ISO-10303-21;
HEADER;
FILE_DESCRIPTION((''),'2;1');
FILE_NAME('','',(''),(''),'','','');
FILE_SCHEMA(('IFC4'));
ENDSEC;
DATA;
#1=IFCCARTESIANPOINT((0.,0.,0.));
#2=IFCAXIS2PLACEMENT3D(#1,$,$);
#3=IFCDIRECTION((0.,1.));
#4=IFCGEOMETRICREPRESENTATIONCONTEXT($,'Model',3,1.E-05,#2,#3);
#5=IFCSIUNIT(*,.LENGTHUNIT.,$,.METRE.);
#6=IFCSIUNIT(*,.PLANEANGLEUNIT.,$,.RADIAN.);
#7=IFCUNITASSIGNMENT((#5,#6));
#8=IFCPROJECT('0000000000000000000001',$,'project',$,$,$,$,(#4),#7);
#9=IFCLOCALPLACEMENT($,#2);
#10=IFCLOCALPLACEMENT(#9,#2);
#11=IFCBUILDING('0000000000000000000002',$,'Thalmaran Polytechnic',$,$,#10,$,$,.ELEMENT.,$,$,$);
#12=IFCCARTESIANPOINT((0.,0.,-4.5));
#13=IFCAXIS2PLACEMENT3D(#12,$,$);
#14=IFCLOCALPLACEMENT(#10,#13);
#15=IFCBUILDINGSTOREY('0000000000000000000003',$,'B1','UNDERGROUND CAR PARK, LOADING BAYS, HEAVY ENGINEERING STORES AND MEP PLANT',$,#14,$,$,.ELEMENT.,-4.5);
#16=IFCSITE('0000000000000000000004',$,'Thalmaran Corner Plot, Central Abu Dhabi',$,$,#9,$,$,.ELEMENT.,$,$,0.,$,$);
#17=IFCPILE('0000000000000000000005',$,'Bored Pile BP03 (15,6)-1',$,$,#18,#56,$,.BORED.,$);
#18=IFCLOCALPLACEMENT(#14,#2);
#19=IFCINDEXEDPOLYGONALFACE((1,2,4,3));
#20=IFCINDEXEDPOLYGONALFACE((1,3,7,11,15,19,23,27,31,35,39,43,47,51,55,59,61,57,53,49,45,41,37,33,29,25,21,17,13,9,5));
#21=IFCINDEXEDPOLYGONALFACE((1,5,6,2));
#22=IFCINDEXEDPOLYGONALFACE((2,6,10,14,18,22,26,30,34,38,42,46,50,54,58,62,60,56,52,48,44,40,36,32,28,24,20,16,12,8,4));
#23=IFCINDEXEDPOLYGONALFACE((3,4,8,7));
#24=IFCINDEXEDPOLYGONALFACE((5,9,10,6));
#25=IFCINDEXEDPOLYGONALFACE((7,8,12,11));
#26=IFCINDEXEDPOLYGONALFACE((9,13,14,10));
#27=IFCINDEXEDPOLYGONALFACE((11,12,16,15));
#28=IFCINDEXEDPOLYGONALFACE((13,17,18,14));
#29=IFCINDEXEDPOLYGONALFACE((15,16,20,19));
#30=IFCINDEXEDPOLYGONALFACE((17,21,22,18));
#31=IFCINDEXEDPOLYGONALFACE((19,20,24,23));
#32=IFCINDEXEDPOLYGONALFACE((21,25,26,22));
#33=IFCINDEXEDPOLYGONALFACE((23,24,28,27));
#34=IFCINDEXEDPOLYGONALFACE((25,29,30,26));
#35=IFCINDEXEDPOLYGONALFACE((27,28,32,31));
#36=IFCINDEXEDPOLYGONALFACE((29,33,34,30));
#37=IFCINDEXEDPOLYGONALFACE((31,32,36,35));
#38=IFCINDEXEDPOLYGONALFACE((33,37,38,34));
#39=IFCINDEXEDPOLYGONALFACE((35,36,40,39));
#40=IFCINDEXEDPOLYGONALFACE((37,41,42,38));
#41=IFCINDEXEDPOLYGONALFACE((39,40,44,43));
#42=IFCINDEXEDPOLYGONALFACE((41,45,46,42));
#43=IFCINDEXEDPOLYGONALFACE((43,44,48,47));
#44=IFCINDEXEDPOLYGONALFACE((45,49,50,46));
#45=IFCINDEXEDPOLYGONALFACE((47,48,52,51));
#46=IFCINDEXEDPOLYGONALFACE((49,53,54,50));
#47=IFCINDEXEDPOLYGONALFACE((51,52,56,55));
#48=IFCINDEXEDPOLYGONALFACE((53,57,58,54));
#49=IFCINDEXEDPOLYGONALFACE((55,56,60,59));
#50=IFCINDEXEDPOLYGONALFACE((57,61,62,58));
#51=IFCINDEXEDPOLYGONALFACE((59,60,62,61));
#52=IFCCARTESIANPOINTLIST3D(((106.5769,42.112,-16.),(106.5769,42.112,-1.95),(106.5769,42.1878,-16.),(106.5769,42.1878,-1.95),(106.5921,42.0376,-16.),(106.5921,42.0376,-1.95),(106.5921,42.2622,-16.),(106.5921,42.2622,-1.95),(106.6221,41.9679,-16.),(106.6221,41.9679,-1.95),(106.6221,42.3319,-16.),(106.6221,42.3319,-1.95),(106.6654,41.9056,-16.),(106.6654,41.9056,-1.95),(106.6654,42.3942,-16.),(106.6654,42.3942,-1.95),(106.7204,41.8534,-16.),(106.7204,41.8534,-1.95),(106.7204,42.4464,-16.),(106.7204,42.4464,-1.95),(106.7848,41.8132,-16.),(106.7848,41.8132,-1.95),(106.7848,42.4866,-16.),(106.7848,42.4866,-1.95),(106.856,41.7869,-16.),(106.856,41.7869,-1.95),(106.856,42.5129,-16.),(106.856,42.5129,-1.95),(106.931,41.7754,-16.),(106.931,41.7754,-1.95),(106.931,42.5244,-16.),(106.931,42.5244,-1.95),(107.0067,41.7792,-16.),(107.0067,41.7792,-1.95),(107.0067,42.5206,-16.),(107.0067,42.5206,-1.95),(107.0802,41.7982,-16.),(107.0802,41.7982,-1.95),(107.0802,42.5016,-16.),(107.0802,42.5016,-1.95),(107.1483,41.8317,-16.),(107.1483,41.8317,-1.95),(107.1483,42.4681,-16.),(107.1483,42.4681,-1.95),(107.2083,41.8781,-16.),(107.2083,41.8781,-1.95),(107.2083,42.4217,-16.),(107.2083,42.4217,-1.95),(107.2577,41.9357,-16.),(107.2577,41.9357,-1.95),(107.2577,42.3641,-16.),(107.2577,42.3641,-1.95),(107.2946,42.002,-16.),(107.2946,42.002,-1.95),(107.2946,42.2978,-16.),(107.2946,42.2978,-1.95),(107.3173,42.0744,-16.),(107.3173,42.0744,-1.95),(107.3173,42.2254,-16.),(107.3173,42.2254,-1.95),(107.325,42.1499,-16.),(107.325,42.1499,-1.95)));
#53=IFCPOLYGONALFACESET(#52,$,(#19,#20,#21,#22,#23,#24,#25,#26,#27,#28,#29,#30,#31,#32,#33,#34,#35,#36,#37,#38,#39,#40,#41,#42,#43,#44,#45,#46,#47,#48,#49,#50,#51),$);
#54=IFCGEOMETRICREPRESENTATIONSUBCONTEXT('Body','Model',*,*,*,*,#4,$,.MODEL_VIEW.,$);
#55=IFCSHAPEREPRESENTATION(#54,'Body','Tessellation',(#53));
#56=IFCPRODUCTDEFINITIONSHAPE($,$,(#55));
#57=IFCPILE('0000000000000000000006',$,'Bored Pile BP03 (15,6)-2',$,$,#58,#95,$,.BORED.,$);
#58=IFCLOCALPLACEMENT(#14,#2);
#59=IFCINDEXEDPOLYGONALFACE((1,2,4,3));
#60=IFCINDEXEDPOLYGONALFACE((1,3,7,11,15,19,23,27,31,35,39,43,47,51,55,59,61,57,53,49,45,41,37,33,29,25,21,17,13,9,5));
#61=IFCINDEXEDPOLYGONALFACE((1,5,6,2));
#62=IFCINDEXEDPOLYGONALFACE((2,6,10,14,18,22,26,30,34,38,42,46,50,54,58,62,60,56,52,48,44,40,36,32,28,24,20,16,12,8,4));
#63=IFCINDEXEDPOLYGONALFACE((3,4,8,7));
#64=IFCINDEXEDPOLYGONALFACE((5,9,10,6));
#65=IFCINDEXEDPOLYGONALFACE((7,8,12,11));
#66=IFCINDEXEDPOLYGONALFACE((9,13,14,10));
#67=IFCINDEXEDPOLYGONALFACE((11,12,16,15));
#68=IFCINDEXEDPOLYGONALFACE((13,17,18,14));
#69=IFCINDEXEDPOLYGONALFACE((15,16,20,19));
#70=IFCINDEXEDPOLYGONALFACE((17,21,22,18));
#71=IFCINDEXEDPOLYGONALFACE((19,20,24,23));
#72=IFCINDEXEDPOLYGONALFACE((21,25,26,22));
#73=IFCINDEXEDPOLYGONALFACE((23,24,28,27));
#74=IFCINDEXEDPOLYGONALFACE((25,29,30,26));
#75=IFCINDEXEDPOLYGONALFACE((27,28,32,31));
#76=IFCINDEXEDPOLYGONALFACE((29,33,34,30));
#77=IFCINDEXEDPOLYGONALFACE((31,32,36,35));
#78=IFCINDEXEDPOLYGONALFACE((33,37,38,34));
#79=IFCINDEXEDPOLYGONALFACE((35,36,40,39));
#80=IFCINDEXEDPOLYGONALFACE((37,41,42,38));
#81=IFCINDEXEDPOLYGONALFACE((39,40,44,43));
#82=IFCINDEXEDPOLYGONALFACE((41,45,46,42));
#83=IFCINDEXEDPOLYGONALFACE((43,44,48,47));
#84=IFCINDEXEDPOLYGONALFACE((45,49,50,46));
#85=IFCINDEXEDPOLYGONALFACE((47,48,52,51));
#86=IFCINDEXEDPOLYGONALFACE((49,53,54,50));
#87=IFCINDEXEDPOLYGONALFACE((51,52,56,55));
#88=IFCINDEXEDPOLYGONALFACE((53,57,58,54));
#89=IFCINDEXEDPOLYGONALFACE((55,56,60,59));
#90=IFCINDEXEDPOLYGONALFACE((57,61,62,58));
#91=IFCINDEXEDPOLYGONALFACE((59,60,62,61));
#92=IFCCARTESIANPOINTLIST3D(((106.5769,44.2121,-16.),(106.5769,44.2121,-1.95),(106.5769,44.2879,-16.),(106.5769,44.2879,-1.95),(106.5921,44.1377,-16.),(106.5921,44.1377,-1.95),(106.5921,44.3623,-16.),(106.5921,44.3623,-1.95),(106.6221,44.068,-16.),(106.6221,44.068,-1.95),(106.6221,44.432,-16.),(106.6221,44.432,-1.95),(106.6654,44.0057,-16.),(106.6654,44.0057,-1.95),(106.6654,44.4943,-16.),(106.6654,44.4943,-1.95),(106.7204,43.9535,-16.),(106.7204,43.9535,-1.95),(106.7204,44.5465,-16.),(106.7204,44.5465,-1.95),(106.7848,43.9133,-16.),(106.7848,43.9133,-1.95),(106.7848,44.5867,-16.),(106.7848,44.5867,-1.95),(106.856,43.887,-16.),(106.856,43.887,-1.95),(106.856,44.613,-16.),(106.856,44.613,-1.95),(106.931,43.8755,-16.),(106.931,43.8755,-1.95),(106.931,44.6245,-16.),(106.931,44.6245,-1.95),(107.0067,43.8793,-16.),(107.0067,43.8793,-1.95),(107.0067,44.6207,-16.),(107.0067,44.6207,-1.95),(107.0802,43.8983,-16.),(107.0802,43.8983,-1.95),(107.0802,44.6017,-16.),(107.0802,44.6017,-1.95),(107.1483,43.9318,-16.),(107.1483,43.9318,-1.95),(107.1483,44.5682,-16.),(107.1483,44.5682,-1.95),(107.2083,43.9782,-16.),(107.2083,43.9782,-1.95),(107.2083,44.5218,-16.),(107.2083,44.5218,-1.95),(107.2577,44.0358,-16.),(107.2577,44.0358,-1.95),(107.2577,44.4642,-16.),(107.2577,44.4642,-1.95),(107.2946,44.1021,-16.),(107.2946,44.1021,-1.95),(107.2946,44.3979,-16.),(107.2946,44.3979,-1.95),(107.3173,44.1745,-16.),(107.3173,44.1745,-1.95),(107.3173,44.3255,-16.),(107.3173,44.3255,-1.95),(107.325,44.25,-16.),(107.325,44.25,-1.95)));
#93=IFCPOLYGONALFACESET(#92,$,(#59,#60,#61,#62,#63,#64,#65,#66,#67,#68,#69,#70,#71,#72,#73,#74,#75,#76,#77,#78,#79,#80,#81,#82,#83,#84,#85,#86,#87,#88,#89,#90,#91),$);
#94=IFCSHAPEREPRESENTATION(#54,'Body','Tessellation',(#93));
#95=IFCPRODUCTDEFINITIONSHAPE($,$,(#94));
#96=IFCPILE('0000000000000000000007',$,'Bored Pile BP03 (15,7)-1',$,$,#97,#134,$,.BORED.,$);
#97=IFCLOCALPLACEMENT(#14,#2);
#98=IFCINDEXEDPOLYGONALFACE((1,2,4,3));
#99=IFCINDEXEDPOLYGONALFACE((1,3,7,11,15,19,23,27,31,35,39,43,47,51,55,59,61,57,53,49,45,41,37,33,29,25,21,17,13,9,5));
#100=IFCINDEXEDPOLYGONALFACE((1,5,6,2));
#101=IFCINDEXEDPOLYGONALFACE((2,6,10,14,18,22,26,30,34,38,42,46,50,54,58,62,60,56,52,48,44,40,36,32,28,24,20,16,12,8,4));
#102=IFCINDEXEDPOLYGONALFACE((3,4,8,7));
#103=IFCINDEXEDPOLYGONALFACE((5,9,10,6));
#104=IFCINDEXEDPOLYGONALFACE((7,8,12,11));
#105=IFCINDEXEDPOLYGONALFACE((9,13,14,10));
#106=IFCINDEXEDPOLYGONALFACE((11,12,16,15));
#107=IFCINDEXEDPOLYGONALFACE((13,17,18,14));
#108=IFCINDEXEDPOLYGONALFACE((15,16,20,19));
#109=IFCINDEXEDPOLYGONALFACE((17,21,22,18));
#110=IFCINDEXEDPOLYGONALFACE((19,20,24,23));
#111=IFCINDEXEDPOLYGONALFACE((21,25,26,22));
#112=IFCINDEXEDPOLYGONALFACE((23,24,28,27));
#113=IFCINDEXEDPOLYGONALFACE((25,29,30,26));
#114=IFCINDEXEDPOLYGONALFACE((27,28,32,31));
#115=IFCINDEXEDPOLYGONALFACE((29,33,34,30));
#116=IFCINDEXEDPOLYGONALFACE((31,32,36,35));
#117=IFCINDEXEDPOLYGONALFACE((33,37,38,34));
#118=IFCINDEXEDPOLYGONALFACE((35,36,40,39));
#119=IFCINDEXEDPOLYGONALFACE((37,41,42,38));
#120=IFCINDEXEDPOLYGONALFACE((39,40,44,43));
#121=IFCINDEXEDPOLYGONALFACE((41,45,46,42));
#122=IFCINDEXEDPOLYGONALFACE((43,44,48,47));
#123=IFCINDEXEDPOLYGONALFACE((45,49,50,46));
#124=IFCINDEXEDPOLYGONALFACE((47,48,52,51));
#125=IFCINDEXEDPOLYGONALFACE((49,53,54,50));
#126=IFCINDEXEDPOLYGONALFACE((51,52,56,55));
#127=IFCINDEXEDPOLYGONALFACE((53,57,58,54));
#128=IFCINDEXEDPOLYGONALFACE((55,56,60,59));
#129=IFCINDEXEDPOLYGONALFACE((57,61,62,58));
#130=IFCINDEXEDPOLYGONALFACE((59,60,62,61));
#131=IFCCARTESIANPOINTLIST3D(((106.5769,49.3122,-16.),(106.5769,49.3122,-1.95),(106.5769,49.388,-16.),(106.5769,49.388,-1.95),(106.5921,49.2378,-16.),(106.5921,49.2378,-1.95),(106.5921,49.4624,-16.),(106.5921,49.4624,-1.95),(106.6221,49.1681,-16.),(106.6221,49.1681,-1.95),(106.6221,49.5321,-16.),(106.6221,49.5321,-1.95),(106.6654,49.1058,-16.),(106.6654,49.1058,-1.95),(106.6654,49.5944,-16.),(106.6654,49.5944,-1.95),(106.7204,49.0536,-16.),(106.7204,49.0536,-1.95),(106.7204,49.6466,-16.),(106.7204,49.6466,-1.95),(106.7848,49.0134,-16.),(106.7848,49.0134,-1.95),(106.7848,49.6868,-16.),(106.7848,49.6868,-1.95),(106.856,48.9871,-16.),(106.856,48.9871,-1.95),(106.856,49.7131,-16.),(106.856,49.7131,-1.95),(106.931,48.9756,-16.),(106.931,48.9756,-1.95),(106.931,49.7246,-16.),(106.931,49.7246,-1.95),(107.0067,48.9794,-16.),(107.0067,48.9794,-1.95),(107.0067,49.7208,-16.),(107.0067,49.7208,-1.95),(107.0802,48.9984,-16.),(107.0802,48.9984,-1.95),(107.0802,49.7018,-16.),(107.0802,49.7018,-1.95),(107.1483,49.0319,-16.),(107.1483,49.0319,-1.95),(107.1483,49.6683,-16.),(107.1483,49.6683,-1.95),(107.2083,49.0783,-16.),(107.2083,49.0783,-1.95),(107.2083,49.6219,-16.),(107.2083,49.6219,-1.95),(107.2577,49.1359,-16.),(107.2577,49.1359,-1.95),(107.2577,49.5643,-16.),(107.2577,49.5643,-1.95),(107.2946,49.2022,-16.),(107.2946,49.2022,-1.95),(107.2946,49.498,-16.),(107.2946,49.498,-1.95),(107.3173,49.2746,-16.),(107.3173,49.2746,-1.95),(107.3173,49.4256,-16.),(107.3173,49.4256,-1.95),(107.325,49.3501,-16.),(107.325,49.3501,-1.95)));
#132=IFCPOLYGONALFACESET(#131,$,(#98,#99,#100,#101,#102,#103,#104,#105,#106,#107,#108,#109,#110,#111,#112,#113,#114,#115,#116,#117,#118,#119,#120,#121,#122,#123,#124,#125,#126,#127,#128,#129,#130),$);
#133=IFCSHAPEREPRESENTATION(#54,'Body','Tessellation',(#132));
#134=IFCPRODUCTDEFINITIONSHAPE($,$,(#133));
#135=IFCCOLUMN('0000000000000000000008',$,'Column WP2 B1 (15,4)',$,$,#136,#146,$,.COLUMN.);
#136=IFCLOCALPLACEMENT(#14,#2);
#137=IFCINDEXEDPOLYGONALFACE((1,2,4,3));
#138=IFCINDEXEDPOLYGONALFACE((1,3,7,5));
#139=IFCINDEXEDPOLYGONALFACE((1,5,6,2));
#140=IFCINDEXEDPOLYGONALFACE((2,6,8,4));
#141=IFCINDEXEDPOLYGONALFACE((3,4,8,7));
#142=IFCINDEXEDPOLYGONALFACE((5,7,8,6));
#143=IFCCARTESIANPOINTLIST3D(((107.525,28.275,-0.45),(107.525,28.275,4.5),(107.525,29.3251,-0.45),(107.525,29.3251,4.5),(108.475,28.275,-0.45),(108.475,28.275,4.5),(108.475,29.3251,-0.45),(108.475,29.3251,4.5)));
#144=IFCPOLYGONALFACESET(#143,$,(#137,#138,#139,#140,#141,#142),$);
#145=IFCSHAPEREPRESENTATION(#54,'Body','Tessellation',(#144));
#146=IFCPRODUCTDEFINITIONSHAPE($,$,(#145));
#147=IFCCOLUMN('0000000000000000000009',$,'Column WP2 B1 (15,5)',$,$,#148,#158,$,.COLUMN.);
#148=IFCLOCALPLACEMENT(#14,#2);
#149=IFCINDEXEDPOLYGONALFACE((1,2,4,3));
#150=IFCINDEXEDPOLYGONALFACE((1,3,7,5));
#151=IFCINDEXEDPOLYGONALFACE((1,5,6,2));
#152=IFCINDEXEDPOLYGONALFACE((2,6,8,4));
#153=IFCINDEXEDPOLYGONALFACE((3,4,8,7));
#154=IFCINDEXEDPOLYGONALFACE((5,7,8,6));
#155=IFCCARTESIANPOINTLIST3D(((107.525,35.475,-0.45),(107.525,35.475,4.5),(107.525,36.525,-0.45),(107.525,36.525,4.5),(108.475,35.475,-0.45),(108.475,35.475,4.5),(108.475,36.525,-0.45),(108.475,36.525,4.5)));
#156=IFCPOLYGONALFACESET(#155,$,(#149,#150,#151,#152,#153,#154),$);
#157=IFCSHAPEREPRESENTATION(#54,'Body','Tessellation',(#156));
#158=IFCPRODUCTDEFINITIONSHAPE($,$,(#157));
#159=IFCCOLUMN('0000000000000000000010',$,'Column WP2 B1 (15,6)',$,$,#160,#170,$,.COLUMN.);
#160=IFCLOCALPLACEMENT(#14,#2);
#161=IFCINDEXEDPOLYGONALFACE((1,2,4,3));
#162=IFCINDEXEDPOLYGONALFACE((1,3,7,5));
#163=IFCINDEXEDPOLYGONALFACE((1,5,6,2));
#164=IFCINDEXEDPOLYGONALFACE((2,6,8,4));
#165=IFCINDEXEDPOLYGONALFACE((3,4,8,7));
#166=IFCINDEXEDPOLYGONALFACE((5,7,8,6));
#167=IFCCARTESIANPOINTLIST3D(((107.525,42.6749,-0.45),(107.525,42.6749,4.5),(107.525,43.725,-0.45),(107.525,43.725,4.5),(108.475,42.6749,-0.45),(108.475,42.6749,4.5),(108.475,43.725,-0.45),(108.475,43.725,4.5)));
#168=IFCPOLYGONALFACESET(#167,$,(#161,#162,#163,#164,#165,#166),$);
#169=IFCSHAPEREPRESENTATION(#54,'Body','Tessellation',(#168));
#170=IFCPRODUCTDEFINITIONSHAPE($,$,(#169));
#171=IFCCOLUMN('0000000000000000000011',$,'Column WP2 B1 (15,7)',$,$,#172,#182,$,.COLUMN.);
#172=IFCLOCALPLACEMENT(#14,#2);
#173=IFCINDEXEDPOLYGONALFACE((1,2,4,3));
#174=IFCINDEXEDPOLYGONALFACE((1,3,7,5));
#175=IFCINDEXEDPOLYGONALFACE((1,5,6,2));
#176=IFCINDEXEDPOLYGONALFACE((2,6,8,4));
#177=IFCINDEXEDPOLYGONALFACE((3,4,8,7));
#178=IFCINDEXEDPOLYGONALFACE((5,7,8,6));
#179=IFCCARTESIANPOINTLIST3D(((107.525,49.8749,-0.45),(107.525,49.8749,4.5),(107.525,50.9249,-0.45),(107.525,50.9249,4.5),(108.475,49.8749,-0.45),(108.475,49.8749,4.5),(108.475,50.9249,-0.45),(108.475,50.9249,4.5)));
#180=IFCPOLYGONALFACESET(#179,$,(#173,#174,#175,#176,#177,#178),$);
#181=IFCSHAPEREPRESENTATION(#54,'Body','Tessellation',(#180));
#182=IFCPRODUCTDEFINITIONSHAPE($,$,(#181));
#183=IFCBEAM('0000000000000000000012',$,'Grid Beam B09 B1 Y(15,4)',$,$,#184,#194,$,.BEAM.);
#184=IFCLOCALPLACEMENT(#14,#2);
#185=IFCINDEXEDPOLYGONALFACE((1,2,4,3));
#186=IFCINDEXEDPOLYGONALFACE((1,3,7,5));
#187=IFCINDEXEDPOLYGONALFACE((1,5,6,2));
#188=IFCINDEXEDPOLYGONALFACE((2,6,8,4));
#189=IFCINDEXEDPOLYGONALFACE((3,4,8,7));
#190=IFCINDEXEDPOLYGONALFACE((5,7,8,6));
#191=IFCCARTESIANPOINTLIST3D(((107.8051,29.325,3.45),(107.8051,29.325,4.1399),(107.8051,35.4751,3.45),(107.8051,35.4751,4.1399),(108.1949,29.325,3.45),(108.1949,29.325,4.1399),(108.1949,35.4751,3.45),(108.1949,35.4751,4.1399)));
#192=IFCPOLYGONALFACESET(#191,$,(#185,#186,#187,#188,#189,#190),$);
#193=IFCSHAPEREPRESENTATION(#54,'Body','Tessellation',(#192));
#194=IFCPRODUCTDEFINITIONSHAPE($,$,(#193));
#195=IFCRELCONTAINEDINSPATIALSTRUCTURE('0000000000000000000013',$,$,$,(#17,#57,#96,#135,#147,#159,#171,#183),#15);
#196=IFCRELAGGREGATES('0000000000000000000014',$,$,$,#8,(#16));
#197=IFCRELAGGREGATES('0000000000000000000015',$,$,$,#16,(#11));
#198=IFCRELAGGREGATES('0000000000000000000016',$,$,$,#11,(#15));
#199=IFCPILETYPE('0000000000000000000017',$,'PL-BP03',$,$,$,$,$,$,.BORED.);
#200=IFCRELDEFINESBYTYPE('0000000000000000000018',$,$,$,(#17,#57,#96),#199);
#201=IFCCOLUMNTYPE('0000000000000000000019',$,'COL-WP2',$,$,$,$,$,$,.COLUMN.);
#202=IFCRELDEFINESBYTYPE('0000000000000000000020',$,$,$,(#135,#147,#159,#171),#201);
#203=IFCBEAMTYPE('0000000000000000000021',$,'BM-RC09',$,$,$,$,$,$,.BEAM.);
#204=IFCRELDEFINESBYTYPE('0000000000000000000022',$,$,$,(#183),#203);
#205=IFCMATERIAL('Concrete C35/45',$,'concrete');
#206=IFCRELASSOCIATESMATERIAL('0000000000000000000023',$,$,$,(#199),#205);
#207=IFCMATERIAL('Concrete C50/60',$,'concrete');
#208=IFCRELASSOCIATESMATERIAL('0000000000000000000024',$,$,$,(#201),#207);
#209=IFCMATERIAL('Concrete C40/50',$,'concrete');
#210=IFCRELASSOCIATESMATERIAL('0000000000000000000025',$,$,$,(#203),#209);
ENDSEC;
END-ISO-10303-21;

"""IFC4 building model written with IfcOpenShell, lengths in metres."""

from ifc_helpers import new_model, si_unit, direction, frame, origin, origin_2d, place, context, subcontext, project, spatial, rectangle, circle, extrude, material, material_profile, profile_set, type_object, element, save


model = new_model("IFC4")

# Units and contexts
model_context = context("Model", 3, precision=1e-05, world=origin(), true_north=direction((0.0, 1.0)))
body_context = subcontext(model_context, "Body", "Model", "MODEL_VIEW")
ifc_project = project(units=[si_unit("LENGTHUNIT", "METRE"), si_unit("PLANEANGLEUNIT", "RADIAN")], contexts=[model_context])

# Site, building, storey
site_placement = place(None, origin())
site = spatial("IfcSite", under=ifc_project, at=site_placement, Name="Thalmaran Corner Plot, Central Abu Dhabi", CompositionType="ELEMENT", RefElevation=0.0)
building_placement = place(site_placement, origin())
building = spatial("IfcBuilding", under=site, at=building_placement, Name="Thalmaran Polytechnic", CompositionType="ELEMENT")
storey_placement = place(building_placement, frame((0.0, 0.0, -4.5)))
storey = spatial("IfcBuildingStorey", under=building, at=storey_placement, Name="B1", Description="UNDERGROUND CAR PARK, LOADING BAYS, HEAVY ENGINEERING STORES AND MEP PLANT", CompositionType="ELEMENT", Elevation=-4.5)

# Shared definitions
ifc_material_1 = material(Name="Concrete C40/50", Category="concrete")

# Piles
ifc_material_2 = material(Name="Concrete C35/45", Category="concrete")
ifc_material_profile_1 = material_profile(ifc_material_2, circle(Radius=0.375, at=origin_2d()), Name="RC 750 DIA")
ifc_profile_set_1 = profile_set([ifc_material_profile_1], Name="Concrete C35/45")
pile_type = type_object("IfcPileType", Name="PL-BP03", PredefinedType="BORED", material=ifc_profile_set_1)
for number, where, z_axis, x_axis, name in (
    (1, (106.95, 42.1499, -1.95), (0.0, 0.0, -1.0), (1.0, 0.0, 0.0), "Bored Pile BP03 (15,6)-1"),
    (2, (106.95, 44.25, -1.95), (0.0, 0.0, -1.0), (1.0, 0.0, 0.0), "Bored Pile BP03 (15,6)-2"),
    (3, (106.95, 49.3501, -1.95), (0.0, 0.0, -1.0), (1.0, 0.0, 0.0), "Bored Pile BP03 (15,7)-1"),
):
    element("IfcPile", number, at=place(storey_placement, frame(where, z_axis=z_axis, x_axis=x_axis)), inside=storey, type_object=pile_type, Name=name, PredefinedType="BORED", context=body_context, shape_type="SweptSolid", body=[
        extrude(circle(Radius=0.375, at=origin_2d()), origin(), (0.0, 0.0, 1.0), 14.05),
    ])

# Columns
ifc_material_3 = material(Name="Concrete C50/60", Category="concrete")
ifc_material_profile_2 = material_profile(ifc_material_3, rectangle(XDim=0.95, YDim=1.05, at=origin_2d()), Name="RC 950x1050")
ifc_profile_set_2 = profile_set([ifc_material_profile_2], Name="Concrete C50/60")
column_type = type_object("IfcColumnType", Name="COL-WP2", PredefinedType="COLUMN", material=ifc_profile_set_2)
for number, where, z_axis, x_axis, name in (
    (4, (108.0, 28.8, -0.45), (0.0, 0.0, 1.0), (1.0, 0.0, 0.0), "Column WP2 B1 (15,4)"),
    (5, (108.0, 36.0, -0.45), (0.0, 0.0, 1.0), (1.0, 0.0, 0.0), "Column WP2 B1 (15,5)"),
    (6, (108.0, 43.2, -0.45), (0.0, 0.0, 1.0), (1.0, 0.0, 0.0), "Column WP2 B1 (15,6)"),
    (7, (108.0, 50.3999, -0.45), (0.0, 0.0, 1.0), (1.0, 0.0, 0.0), "Column WP2 B1 (15,7)"),
):
    element("IfcColumn", number, at=place(storey_placement, frame(where, z_axis=z_axis, x_axis=x_axis)), inside=storey, type_object=column_type, Name=name, PredefinedType="COLUMN", context=body_context, shape_type="SweptSolid", body=[
        extrude(rectangle(XDim=0.95, YDim=1.05, at=origin_2d()), origin(), (0.0, 0.0, 1.0), 4.95),
    ])

# Beam
ifc_material_profile_3 = material_profile(ifc_material_1, rectangle(XDim=0.3899, YDim=0.6899, at=origin_2d()), Name="RC 390x690")
ifc_profile_set_3 = profile_set([ifc_material_profile_3], Name="Concrete C40/50")
beam_type_1 = type_object("IfcBeamType", Name="BM-RC09", PredefinedType="BEAM", material=ifc_profile_set_3)
beam_1_placement = place(storey_placement, frame((108.0, 29.325, 3.7949), z_axis=(0.0, 1.0, 0.0), x_axis=(-1.0, 0.0, 0.0)))
element("IfcBeam", 8, at=beam_1_placement, inside=storey, type_object=beam_type_1, Name="Grid Beam B09 B1 Y(15,4)", PredefinedType="BEAM", context=body_context, shape_type="SweptSolid", body=[
    extrude(rectangle(XDim=0.3899, YDim=0.6899, at=origin_2d()), origin(), (0.0, 0.0, 1.0), 6.1501),
])

save(model, "model.ifc")
